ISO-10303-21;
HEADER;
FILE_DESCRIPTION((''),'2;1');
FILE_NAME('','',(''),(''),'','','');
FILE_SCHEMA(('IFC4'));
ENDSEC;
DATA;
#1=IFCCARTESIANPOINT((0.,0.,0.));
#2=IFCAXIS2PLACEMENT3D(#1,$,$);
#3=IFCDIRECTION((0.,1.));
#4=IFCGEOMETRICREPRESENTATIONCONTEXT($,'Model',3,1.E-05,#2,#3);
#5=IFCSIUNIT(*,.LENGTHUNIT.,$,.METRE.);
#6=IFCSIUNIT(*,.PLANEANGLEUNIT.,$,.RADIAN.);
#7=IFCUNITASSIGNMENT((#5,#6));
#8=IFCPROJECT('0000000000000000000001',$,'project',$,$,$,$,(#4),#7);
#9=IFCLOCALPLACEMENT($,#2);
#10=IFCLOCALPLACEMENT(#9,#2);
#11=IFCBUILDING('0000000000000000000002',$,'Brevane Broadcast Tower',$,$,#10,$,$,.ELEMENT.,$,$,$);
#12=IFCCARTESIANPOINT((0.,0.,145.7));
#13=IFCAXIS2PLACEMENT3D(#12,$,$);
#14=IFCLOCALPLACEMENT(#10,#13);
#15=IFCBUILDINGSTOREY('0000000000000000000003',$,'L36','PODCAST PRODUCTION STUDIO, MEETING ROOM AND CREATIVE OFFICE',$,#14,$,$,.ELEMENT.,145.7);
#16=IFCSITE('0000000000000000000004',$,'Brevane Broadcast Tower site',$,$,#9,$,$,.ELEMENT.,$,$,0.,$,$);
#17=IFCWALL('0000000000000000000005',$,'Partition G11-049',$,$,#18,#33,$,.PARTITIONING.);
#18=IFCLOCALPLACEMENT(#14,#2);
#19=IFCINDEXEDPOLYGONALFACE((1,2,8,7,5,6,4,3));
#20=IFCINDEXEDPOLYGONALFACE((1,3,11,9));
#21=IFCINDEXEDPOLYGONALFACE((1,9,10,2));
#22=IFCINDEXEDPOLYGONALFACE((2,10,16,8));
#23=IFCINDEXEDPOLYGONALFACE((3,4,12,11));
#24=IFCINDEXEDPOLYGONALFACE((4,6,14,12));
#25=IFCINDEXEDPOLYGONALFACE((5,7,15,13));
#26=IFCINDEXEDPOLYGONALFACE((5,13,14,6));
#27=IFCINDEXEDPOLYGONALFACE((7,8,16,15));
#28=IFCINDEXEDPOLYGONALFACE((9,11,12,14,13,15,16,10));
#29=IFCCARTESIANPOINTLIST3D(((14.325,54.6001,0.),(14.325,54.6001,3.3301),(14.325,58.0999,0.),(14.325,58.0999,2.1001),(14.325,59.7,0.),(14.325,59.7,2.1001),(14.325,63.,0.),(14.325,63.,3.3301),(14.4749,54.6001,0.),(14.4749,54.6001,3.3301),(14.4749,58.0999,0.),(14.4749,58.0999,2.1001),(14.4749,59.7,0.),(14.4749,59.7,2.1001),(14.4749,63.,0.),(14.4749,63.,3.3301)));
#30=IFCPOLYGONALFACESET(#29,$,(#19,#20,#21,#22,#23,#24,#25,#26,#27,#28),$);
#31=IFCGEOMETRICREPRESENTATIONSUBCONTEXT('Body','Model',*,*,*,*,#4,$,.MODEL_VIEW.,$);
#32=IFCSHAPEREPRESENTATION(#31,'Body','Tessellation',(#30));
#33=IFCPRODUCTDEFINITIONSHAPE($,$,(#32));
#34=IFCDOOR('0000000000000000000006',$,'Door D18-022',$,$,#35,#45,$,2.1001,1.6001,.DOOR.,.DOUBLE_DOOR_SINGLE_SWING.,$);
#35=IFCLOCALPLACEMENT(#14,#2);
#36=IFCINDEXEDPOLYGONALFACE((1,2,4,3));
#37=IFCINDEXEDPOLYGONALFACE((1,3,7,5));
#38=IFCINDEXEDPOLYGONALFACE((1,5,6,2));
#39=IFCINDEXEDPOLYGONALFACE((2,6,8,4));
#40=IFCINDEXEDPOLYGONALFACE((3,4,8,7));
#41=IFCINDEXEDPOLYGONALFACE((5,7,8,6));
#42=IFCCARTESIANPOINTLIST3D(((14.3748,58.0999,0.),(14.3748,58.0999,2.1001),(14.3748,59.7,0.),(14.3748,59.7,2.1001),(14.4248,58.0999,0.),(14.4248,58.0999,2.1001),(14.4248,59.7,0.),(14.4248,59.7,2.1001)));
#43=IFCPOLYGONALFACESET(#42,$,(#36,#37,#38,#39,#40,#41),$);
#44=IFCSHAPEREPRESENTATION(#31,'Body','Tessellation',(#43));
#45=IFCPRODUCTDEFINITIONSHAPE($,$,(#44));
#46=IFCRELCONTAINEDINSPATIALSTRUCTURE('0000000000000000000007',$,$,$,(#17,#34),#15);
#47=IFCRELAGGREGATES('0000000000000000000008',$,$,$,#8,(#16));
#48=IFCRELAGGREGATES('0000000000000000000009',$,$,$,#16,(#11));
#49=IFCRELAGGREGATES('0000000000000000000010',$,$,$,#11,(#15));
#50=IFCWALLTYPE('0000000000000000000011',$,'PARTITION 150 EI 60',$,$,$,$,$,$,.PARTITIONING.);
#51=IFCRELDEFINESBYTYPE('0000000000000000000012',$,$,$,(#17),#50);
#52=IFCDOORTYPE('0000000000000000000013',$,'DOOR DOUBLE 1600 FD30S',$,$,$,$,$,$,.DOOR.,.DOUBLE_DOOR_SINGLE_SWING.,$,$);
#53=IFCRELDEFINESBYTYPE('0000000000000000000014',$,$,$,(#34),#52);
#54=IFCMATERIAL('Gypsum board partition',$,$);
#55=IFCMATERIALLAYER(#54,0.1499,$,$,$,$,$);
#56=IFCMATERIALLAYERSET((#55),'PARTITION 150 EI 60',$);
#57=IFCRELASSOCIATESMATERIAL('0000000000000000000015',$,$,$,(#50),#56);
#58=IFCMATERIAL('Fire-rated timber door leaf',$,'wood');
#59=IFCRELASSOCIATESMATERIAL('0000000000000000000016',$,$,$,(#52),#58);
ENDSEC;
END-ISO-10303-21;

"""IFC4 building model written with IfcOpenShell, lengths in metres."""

from ifc_helpers import new_model, si_unit, direction, frame, frame_2d, origin, place, context, subcontext, project, spatial, rectangle, extrude, material, layer, layer_set, type_object, element, fill, save


model = new_model("IFC4")

# Units and contexts
model_context = context("Model", 3, precision=1e-05, world=origin(), true_north=direction((0.0, 1.0)))
body_context = subcontext(model_context, "Body", "Model", "MODEL_VIEW")
ifc_project = project(units=[si_unit("LENGTHUNIT", "METRE"), si_unit("PLANEANGLEUNIT", "RADIAN")], contexts=[model_context])

# Site, building, storey
site_placement = place(None, origin())
site = spatial("IfcSite", under=ifc_project, at=site_placement, Name="Brevane Broadcast Tower site", CompositionType="ELEMENT", RefElevation=0.0)
building_placement = place(site_placement, origin())
building = spatial("IfcBuilding", under=site, at=building_placement, Name="Brevane Broadcast Tower", CompositionType="ELEMENT")
storey_placement = place(building_placement, frame((0.0, 0.0, 145.7)))
storey = spatial("IfcBuildingStorey", under=building, at=storey_placement, Name="L36", Description="PODCAST PRODUCTION STUDIO, MEETING ROOM AND CREATIVE OFFICE", CompositionType="ELEMENT", Elevation=145.7)

# Shared definitions
ifc_material_1 = material(Name="Gypsum board partition")

# Wall, opening, door
ifc_layer_1 = layer(ifc_material_1, 0.1499)
ifc_layer_set_1 = layer_set([ifc_layer_1], Name="PARTITION 150 EI 60")
wall_type_1 = type_object("IfcWallType", Name="PARTITION 150 EI 60", PredefinedType="PARTITIONING", material=ifc_layer_set_1)
ifc_material_2 = material(Name="Fire-rated timber door leaf", Category="wood")
wall_1_placement = place(storey_placement, frame((14.3999, 63.0, 0.0), z_axis=(0.0, 0.0, 1.0), x_axis=(0.0, -1.0, 0.0)))
wall_1 = element("IfcWall", 1, at=wall_1_placement, inside=storey, type_object=wall_type_1, Name="Partition G11-049", PredefinedType="PARTITIONING", context=body_context, shape_type="SweptSolid", body=[
    extrude(rectangle(XDim=8.3999, YDim=0.1499, at=frame_2d((4.2, 0.0))), origin(), (0.0, 0.0, 1.0), 3.3301),
])
opening_1_placement = place(wall_1_placement, frame((3.3, 0.0, 0.0)))
opening_1 = element("IfcOpeningElement", 2, at=opening_1_placement, cuts=wall_1, PredefinedType="OPENING", context=body_context, shape_type="SweptSolid", body=[
    extrude(rectangle(XDim=1.6001, YDim=2.1001, at=frame_2d((0.8, 1.05))), frame((0.0, 0.085, 0.0), z_axis=(0.0, -1.0, 0.0), x_axis=(1.0, 0.0, 0.0)), (0.0, 0.0, 1.0), 0.1699),
])
door_type_1 = type_object("IfcDoorType", Name="DOOR DOUBLE 1600 FD30S", OperationType="DOUBLE_DOOR_SINGLE_SWING", PredefinedType="DOOR", material=ifc_material_2)
door_1_placement = place(opening_1_placement, origin())
door_1 = element("IfcDoor", 3, at=door_1_placement, inside=storey, type_object=door_type_1, Name="Door D18-022", OperationType="DOUBLE_DOOR_SINGLE_SWING", OverallHeight=2.1001, OverallWidth=1.6001, PredefinedType="DOOR", context=body_context, shape_type="SweptSolid", body=[
    extrude(rectangle(XDim=1.6001, YDim=2.1001, at=frame_2d((0.8, 1.05))), frame((0.0, 0.0249, 0.0), z_axis=(0.0, -1.0, 0.0), x_axis=(1.0, 0.0, 0.0)), (0.0, 0.0, 1.0), 0.05),
])
fill(opening_1, door_1)

save(model, "model.ifc")
